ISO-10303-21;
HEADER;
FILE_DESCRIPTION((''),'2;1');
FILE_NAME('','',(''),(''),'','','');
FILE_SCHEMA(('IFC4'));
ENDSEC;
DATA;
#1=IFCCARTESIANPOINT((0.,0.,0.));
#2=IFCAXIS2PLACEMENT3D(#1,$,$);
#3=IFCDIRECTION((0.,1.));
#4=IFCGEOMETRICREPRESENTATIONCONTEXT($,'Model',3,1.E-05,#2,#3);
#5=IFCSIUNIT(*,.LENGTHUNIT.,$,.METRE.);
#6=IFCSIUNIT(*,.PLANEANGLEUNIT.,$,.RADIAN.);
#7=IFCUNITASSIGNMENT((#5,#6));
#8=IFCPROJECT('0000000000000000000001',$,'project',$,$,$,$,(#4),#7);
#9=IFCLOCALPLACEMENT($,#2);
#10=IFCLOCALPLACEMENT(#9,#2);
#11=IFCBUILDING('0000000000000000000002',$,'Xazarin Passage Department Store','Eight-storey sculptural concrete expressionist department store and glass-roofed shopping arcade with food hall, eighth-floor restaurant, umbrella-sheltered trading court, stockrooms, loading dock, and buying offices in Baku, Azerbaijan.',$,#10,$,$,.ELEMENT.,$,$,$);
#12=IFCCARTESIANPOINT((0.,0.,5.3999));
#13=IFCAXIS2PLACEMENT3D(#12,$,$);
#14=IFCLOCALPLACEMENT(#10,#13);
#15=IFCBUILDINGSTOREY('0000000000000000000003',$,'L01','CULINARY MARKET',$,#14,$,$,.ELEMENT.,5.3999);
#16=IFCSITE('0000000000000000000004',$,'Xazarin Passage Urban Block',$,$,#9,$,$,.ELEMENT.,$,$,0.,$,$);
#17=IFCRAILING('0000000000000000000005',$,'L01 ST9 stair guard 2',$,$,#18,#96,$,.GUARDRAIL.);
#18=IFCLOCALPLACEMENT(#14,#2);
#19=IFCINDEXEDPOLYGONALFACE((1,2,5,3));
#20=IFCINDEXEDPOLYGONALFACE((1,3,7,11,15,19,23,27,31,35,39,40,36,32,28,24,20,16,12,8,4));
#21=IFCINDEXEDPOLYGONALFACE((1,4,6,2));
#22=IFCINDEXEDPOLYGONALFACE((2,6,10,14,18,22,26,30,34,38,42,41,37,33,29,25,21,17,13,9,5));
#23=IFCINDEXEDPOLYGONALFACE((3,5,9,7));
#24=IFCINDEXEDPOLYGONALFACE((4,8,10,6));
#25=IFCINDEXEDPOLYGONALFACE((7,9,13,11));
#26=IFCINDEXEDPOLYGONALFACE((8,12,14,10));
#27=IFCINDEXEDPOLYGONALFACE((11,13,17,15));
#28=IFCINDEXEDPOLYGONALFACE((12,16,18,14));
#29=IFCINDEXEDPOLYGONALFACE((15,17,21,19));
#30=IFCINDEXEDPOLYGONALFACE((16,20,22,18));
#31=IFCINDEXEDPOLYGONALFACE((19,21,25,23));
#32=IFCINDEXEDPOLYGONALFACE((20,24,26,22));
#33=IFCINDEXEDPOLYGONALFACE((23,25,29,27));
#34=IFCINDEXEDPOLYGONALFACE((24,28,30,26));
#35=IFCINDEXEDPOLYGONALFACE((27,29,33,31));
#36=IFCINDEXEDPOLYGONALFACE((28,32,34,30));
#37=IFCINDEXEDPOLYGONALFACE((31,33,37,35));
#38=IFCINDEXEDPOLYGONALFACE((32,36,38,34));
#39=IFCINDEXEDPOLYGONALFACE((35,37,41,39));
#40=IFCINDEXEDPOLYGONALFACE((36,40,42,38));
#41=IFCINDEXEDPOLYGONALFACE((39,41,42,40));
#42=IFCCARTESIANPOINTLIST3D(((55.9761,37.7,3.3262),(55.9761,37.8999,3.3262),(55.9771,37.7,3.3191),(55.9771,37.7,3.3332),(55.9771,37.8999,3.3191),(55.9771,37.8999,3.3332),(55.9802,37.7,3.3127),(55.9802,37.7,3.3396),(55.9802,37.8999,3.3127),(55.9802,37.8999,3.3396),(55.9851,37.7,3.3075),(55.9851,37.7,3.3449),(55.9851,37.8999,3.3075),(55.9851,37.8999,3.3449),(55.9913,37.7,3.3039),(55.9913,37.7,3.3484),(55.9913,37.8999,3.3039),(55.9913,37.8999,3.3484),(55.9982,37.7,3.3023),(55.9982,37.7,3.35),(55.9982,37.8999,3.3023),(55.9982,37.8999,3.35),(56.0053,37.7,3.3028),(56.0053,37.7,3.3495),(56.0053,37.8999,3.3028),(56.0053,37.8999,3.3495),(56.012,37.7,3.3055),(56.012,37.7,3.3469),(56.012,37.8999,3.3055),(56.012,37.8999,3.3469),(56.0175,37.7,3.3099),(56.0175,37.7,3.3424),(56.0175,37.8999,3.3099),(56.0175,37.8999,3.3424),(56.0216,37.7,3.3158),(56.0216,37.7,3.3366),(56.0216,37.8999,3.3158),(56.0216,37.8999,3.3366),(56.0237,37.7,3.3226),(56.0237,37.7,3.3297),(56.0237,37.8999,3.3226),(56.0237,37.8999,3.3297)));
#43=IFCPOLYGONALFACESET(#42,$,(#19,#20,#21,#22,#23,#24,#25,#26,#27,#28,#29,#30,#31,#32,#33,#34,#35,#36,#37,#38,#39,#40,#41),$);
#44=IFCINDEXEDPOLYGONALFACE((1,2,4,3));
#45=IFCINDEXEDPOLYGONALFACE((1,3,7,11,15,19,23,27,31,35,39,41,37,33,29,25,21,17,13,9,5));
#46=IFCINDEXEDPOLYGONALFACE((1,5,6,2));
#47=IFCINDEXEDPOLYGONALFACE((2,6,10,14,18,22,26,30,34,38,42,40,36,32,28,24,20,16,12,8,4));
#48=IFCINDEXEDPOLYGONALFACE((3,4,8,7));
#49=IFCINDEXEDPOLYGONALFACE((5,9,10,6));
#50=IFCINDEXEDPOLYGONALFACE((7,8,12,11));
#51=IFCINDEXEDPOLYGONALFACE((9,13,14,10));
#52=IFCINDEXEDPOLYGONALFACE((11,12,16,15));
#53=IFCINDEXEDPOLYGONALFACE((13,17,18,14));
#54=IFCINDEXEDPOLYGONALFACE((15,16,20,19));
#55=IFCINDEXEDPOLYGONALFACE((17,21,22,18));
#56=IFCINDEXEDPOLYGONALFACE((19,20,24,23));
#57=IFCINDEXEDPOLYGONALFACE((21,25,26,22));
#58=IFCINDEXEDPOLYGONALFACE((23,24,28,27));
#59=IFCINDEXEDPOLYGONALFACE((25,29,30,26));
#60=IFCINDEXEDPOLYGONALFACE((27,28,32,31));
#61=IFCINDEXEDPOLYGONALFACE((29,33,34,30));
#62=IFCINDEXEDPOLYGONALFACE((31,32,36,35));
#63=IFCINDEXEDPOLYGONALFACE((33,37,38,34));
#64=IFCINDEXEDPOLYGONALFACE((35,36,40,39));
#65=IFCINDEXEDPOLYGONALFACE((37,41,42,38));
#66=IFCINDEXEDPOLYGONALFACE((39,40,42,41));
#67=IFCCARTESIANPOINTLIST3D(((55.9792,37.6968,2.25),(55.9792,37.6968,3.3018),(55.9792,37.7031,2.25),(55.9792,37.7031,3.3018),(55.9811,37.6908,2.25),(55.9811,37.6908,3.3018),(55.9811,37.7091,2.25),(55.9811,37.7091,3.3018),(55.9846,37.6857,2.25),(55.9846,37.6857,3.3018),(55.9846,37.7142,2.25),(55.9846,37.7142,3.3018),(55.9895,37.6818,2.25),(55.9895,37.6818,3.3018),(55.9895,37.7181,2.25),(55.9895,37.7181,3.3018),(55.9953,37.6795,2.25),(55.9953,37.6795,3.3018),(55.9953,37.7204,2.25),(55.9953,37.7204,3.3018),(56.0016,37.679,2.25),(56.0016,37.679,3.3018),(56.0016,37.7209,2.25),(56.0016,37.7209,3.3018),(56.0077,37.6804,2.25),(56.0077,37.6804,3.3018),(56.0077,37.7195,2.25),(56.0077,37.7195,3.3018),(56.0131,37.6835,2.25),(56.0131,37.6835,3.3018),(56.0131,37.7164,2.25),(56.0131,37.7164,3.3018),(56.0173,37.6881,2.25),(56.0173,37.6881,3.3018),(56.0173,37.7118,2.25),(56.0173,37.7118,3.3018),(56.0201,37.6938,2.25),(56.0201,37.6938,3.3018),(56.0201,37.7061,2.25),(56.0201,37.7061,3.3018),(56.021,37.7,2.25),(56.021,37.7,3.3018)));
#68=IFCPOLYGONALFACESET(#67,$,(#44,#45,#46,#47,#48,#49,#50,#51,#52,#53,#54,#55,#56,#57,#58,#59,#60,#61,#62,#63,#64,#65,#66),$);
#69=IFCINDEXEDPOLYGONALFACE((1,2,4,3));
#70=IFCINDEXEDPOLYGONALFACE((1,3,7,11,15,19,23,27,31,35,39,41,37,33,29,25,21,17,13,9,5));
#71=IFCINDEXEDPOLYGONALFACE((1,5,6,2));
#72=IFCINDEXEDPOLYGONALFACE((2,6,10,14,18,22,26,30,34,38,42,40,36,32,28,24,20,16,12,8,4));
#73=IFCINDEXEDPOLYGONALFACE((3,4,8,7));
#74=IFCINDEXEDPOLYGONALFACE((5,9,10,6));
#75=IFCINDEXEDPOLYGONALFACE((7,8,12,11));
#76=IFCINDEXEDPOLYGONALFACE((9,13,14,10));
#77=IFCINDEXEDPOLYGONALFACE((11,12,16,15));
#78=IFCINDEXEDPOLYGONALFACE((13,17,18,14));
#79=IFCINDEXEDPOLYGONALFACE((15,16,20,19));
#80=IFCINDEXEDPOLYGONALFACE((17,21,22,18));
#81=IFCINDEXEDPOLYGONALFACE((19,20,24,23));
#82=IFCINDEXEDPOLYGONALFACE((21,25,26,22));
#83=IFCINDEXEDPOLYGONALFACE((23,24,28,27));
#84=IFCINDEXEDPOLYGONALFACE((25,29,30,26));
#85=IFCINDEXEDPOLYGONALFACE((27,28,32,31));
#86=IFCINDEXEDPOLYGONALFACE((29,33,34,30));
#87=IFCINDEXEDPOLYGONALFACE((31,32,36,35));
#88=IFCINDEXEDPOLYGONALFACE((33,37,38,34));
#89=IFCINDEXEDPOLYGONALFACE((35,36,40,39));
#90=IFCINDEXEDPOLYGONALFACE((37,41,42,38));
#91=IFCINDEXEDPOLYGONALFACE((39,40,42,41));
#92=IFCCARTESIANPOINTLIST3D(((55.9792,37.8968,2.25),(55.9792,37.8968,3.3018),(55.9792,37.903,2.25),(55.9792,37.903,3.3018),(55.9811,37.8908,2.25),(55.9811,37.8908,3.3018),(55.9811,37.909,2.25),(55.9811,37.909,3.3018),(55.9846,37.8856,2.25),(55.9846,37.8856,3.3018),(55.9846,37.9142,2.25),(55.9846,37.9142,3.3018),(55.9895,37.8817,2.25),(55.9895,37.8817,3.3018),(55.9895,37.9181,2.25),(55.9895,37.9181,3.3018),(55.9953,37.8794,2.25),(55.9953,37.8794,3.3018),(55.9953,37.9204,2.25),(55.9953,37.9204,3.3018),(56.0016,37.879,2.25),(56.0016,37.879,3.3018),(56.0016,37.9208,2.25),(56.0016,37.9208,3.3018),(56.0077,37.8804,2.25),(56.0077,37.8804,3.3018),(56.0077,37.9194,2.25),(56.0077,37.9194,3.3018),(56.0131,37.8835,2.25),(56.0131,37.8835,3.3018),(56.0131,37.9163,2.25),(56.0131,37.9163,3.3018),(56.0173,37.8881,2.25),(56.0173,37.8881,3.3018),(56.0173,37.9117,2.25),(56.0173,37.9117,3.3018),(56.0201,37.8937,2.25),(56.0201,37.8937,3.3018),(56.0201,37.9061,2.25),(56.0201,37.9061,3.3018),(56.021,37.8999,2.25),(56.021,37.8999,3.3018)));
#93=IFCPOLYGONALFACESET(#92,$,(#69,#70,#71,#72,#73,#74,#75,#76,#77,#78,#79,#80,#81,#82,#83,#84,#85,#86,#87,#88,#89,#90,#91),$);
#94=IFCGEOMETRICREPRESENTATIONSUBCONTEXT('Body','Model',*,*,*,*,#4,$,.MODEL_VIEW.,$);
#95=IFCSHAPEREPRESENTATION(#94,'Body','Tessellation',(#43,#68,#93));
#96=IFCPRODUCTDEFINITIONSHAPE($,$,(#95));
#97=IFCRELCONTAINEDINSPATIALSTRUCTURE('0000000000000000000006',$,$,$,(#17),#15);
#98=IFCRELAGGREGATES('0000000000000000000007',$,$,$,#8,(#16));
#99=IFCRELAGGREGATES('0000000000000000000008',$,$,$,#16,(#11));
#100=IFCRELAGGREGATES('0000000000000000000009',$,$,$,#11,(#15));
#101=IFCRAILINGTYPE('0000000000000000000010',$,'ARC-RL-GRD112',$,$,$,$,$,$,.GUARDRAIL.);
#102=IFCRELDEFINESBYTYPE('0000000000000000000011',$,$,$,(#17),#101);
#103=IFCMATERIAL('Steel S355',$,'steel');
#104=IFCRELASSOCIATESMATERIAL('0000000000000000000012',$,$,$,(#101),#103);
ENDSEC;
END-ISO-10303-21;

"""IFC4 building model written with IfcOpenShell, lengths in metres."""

from ifc_helpers import new_model, si_unit, direction, frame, origin, origin_2d, place, context, subcontext, project, spatial, circle, extrude, material, type_object, element, save


model = new_model("IFC4")

# Units and contexts
model_context = context("Model", 3, precision=1e-05, world=origin(), true_north=direction((0.0, 1.0)))
body_context = subcontext(model_context, "Body", "Model", "MODEL_VIEW")
ifc_project = project(units=[si_unit("LENGTHUNIT", "METRE"), si_unit("PLANEANGLEUNIT", "RADIAN")], contexts=[model_context])

# Site, building, storey
site_placement = place(None, origin())
site = spatial("IfcSite", under=ifc_project, at=site_placement, Name="Xazarin Passage Urban Block", CompositionType="ELEMENT", RefElevation=0.0)
building_placement = place(site_placement, origin())
building = spatial("IfcBuilding", under=site, at=building_placement, Name="Xazarin Passage Department Store", Description="Eight-storey sculptural concrete expressionist department store and glass-roofed shopping arcade with food hall, eighth-floor restaurant, umbrella-sheltered trading court, stockrooms, loading dock, and buying offices in Baku, Azerbaijan.", CompositionType="ELEMENT")
storey_placement = place(building_placement, frame((0.0, 0.0, 5.3999)))
storey = spatial("IfcBuildingStorey", under=building, at=storey_placement, Name="L01", Description="CULINARY MARKET", CompositionType="ELEMENT", Elevation=5.3999)

# Shared definitions
ifc_material_1 = material(Name="Steel S355", Category="steel")

# Railing
railing_type_1 = type_object("IfcRailingType", Name="ARC-RL-GRD112", PredefinedType="GUARDRAIL", material=ifc_material_1)
railing_1_placement = place(storey_placement, frame((56.0, 37.7, 2.25)))
element("IfcRailing", 1, at=railing_1_placement, inside=storey, type_object=railing_type_1, Name="L01 ST9 stair guard 2", PredefinedType="GUARDRAIL", context=body_context, shape_type="SweptSolid", body=[
    extrude(circle(Radius=0.0239, at=origin_2d()), frame((0.0, 0.0, 1.0762), z_axis=(0.0, 1.0, 0.0), x_axis=(-1.0, 0.0, 0.0)), (0.0, 0.0, 1.0), 0.2),
    extrude(circle(Radius=0.021, at=origin_2d()), origin(), (0.0, 0.0, 1.0), 1.0518),
    extrude(circle(Radius=0.021, at=origin_2d()), frame((0.0, 0.2, 0.0)), (0.0, 0.0, 1.0), 1.0518),
])

save(model, "model.ifc")
